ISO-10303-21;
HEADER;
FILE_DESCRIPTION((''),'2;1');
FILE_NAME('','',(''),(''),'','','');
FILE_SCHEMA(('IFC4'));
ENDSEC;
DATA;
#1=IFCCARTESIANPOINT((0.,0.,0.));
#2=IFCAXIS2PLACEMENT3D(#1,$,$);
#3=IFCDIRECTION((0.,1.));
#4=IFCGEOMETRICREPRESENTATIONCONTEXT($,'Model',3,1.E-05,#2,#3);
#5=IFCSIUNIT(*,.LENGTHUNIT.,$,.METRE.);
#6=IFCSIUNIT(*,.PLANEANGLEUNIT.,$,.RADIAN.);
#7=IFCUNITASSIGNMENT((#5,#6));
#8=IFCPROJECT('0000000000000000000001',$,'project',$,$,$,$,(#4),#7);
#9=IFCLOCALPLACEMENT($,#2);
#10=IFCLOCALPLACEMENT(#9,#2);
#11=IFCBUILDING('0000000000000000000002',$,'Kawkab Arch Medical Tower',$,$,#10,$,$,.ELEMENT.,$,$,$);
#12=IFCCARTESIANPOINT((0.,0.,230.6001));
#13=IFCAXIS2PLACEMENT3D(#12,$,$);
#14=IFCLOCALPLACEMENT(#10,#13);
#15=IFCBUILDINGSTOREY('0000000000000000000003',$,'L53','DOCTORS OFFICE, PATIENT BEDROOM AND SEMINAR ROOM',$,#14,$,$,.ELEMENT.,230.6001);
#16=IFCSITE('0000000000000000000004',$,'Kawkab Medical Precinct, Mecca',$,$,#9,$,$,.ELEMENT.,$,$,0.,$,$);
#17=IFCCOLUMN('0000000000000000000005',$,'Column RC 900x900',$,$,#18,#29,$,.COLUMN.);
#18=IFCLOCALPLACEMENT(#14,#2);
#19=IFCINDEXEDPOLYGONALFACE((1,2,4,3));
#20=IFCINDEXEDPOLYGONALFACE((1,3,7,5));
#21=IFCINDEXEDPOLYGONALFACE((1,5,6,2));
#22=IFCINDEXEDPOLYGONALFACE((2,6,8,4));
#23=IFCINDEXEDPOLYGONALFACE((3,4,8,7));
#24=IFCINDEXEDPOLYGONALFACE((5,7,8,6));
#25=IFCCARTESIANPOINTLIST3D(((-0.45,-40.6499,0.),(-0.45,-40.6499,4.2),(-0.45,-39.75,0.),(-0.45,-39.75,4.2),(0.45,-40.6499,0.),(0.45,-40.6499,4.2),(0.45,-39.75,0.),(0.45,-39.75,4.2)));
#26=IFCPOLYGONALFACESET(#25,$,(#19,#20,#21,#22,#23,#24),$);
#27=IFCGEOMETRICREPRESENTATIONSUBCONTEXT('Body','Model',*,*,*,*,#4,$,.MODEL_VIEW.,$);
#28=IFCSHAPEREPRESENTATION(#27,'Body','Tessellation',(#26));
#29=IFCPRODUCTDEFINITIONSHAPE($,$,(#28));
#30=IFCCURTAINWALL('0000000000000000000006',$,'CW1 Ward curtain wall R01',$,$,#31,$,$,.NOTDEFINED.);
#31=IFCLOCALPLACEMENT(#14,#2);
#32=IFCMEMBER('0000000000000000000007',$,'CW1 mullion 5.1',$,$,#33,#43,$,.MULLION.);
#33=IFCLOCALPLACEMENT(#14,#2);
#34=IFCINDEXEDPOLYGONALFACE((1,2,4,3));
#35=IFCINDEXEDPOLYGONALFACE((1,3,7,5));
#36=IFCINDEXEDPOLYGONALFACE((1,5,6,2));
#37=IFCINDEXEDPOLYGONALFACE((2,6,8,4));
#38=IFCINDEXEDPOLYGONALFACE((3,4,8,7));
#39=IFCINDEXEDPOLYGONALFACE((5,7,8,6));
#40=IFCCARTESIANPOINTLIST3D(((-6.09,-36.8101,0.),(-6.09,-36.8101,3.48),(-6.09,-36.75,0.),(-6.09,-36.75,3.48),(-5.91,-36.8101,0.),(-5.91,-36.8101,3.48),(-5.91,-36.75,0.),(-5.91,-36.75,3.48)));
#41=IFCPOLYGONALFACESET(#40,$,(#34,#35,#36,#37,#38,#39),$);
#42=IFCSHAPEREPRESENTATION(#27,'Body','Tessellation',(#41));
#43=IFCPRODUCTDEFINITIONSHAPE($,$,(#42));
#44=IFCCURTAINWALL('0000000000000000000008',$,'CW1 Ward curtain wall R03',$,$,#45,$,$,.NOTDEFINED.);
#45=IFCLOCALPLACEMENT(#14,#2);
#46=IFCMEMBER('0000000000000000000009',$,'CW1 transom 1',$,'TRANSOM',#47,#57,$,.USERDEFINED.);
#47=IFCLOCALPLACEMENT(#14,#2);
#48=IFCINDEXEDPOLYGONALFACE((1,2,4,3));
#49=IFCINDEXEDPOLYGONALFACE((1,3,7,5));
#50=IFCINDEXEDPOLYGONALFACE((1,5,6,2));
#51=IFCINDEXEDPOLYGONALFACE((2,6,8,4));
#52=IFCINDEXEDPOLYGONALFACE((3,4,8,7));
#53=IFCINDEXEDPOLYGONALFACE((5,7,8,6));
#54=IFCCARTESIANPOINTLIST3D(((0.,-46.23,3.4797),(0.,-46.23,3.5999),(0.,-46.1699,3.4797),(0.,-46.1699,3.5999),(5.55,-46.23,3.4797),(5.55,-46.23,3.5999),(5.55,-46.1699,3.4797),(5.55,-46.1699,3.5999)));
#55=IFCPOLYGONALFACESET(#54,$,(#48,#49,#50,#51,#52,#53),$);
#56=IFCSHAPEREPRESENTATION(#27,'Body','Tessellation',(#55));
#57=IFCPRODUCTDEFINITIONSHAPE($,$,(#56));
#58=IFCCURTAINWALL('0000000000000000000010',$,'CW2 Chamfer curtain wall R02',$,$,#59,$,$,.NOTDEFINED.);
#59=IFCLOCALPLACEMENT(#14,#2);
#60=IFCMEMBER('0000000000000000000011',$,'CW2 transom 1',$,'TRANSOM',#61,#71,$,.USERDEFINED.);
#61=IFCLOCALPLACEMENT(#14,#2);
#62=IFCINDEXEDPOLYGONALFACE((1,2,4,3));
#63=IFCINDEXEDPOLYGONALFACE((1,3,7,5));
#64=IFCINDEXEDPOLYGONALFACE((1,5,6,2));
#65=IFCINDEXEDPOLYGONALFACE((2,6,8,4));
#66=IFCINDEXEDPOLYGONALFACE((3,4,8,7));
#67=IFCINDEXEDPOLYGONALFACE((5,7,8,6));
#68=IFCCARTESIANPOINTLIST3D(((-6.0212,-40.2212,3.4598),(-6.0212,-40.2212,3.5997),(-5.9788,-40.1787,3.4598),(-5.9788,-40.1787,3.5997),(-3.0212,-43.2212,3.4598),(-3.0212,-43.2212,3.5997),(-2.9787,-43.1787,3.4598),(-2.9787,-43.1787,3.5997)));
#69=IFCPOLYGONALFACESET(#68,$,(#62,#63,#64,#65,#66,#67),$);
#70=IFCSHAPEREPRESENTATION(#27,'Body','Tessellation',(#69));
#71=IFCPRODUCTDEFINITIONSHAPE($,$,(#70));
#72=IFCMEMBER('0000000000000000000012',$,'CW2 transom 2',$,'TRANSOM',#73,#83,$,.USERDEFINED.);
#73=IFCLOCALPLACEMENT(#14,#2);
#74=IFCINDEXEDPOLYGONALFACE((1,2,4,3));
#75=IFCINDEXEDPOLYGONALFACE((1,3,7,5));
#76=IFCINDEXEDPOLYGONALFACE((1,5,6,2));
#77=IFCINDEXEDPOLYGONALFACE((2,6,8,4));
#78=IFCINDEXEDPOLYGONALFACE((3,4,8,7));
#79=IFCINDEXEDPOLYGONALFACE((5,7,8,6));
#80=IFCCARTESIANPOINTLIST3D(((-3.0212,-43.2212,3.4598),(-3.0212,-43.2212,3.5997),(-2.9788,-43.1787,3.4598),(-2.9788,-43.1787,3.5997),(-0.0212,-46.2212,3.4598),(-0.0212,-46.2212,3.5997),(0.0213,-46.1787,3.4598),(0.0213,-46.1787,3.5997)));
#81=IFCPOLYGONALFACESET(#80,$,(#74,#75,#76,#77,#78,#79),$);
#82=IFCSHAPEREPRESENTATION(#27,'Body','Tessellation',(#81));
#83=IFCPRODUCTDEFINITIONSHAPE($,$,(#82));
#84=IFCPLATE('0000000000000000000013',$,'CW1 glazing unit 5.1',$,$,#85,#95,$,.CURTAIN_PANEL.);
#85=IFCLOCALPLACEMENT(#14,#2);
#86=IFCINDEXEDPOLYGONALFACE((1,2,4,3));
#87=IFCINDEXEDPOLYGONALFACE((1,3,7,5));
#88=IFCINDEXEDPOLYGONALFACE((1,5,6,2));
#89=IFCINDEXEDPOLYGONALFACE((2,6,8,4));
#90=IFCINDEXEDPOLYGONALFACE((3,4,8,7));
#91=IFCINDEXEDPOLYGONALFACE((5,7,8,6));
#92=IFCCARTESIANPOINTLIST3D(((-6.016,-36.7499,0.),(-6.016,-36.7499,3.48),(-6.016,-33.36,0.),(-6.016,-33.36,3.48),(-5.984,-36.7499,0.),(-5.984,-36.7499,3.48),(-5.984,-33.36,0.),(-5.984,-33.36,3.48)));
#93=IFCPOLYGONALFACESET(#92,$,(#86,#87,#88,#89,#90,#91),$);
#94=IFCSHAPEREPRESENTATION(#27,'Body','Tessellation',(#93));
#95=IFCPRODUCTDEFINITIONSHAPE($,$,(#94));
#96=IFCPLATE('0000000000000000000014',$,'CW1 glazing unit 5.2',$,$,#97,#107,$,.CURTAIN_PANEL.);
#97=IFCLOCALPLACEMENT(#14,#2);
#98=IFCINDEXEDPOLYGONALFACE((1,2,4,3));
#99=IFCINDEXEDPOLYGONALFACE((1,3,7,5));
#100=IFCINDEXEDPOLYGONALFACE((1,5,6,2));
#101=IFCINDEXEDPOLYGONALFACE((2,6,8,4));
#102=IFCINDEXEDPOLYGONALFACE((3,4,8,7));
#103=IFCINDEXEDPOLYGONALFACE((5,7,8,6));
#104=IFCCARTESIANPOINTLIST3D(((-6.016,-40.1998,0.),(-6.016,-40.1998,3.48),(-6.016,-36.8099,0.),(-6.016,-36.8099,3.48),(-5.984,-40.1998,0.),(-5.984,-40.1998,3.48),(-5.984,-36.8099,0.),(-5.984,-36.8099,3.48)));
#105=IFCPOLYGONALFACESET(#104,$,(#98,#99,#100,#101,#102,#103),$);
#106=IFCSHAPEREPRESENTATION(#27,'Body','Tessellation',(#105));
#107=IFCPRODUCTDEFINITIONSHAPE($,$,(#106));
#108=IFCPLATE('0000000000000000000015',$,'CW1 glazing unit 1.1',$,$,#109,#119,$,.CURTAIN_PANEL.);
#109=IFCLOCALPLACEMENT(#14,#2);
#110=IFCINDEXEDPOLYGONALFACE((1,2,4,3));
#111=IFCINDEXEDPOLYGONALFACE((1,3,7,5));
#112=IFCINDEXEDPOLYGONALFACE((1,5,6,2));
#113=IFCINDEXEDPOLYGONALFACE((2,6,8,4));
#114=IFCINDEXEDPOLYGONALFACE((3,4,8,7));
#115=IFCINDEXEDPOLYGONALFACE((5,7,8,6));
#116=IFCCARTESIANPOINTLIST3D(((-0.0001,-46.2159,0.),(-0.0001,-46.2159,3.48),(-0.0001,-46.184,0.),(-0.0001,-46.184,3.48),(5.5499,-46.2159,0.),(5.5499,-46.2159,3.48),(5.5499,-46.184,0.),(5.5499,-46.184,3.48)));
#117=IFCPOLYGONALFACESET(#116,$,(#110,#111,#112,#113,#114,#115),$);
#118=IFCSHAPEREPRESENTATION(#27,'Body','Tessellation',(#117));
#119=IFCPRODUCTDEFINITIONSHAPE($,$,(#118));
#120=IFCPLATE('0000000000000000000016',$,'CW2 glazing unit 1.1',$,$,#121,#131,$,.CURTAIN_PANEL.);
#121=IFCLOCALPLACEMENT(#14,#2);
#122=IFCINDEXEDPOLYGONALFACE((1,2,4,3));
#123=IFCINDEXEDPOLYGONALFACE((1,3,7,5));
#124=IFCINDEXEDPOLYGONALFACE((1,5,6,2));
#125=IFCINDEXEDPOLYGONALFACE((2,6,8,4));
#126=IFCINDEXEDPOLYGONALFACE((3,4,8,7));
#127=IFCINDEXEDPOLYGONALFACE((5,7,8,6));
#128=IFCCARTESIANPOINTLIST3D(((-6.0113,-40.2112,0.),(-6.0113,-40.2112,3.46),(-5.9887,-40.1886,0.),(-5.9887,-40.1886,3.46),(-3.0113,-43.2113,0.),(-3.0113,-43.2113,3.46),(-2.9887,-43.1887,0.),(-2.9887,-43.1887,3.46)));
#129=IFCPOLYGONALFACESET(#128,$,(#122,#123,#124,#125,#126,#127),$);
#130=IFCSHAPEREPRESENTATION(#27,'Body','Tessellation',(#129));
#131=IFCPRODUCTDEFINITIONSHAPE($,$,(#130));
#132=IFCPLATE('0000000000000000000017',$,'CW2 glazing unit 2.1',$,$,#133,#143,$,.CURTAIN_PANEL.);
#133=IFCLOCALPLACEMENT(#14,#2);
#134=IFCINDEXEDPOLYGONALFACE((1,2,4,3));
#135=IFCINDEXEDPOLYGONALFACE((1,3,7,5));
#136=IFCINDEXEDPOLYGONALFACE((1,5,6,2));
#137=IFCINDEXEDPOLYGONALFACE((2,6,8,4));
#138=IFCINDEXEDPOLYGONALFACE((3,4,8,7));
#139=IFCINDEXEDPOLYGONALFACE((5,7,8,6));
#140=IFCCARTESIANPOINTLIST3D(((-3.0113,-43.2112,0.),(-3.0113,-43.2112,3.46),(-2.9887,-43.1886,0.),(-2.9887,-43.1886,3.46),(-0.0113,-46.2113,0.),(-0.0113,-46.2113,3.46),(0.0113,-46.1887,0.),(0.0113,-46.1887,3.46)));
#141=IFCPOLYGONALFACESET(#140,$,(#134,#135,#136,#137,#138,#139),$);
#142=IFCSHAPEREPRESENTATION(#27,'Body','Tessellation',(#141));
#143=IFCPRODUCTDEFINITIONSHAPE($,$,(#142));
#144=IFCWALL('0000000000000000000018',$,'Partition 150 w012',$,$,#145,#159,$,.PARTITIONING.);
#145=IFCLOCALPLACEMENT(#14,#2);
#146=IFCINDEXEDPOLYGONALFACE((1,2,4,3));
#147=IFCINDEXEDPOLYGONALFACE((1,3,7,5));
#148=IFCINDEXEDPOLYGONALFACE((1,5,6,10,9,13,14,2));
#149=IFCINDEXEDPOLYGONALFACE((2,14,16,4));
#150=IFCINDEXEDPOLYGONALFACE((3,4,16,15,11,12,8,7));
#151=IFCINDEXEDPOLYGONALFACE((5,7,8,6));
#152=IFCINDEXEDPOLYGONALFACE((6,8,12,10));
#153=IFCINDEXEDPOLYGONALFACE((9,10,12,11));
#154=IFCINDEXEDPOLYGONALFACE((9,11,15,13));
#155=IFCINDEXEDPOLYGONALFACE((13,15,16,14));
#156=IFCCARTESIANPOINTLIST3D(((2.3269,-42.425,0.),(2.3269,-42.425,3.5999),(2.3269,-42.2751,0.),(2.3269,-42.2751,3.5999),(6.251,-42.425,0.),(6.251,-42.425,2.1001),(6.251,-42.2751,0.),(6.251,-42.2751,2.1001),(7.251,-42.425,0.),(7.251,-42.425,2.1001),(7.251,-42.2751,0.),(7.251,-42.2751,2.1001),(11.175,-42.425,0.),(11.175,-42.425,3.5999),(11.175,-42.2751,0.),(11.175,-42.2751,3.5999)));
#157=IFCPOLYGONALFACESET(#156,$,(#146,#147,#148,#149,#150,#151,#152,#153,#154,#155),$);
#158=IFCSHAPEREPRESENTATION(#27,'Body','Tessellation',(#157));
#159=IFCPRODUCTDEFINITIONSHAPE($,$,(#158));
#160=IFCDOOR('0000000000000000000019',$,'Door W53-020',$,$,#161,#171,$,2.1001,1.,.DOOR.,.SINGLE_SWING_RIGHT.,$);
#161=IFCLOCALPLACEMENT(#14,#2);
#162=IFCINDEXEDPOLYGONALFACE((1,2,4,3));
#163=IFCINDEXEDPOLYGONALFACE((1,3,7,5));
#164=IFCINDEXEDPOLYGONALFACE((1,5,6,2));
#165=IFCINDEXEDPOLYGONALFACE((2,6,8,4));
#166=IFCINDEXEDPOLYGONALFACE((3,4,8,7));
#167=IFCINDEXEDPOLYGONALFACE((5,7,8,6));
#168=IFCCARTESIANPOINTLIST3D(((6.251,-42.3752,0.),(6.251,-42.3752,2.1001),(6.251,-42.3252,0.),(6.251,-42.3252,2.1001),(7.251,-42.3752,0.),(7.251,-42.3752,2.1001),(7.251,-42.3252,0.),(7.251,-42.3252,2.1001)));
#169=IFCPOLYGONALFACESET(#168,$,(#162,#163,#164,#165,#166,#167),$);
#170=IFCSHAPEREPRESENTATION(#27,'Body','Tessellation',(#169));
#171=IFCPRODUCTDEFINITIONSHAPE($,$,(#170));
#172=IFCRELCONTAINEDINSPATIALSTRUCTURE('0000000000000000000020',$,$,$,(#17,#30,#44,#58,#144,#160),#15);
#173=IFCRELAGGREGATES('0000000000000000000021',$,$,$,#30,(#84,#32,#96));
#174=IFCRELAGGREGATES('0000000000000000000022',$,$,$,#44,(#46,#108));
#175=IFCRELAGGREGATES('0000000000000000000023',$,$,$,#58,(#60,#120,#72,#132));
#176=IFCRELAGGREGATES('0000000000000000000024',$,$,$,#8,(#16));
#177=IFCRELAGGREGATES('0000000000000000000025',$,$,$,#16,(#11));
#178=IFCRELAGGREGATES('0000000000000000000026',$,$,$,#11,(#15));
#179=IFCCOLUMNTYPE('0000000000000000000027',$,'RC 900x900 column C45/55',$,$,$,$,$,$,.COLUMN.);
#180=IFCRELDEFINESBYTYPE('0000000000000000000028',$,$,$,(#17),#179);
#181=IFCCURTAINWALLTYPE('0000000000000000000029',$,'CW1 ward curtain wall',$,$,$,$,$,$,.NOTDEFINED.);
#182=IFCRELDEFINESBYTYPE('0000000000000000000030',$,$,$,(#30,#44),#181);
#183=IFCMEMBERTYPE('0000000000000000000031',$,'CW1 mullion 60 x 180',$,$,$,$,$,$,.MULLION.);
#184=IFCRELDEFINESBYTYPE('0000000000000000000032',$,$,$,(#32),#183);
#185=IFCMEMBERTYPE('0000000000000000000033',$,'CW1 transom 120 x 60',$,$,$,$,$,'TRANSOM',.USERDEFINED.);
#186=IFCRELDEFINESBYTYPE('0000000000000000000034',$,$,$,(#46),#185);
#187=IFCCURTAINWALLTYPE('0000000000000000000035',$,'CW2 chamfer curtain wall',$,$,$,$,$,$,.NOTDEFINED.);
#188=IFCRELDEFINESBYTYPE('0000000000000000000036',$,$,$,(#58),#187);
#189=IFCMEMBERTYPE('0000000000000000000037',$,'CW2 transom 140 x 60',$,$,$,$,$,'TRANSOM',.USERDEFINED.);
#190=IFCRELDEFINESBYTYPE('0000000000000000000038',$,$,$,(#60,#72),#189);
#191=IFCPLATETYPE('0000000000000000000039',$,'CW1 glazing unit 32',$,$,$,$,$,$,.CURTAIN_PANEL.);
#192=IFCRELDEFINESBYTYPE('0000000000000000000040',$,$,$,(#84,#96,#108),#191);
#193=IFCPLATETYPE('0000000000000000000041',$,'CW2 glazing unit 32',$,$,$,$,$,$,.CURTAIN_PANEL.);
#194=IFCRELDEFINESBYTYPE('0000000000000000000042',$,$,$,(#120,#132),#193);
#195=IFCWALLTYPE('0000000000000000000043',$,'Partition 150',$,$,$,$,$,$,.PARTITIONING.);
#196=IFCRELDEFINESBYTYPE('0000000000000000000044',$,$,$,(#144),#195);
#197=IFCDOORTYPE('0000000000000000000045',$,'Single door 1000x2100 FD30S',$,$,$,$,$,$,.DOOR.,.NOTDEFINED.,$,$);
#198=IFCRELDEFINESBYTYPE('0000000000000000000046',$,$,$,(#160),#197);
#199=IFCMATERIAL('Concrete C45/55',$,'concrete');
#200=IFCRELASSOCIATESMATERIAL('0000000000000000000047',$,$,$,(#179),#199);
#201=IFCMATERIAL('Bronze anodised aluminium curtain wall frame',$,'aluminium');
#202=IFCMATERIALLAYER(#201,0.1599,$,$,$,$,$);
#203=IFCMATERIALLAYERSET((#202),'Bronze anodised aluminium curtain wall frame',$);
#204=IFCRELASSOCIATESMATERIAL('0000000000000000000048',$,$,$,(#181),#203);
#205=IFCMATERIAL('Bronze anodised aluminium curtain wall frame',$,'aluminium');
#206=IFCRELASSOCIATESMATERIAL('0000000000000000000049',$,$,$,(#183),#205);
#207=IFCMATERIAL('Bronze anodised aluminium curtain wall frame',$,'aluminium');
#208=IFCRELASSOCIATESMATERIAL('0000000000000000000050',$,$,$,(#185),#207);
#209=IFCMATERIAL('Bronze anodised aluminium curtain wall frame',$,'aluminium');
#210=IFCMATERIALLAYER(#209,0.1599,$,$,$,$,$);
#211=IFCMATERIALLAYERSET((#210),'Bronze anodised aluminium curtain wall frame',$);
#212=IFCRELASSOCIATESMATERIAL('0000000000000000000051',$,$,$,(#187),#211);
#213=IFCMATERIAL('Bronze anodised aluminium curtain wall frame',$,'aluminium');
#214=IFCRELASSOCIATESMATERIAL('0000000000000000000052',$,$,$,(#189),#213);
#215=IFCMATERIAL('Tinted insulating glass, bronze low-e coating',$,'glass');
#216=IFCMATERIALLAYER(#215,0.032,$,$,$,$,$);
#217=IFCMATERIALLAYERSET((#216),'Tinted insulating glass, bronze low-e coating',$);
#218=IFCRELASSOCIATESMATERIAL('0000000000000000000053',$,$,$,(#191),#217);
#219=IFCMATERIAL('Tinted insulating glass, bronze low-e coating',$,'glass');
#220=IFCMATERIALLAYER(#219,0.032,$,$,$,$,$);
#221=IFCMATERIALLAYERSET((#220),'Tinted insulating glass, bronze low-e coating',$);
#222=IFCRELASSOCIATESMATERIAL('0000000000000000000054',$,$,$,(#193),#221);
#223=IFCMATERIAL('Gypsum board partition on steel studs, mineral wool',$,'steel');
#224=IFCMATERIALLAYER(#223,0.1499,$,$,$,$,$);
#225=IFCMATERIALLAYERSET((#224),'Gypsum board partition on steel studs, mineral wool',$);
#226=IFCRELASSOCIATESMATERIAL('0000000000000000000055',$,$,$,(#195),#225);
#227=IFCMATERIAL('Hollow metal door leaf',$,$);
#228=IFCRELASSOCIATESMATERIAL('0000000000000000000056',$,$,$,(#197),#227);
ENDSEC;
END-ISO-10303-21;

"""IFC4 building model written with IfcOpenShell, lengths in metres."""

from ifc_helpers import new_model, si_unit, direction, frame, frame_2d, origin, origin_2d, place, context, subcontext, project, spatial, rectangle, extrude, material, layer, layer_set, material_profile, profile_set, type_object, element, fill, aggregate, save


model = new_model("IFC4")

# Units and contexts
model_context = context("Model", 3, precision=1e-05, world=origin(), true_north=direction((0.0, 1.0)))
body_context = subcontext(model_context, "Body", "Model", "MODEL_VIEW")
ifc_project = project(units=[si_unit("LENGTHUNIT", "METRE"), si_unit("PLANEANGLEUNIT", "RADIAN")], contexts=[model_context])

# Site, building, storey
site_placement = place(None, origin())
site = spatial("IfcSite", under=ifc_project, at=site_placement, Name="Kawkab Medical Precinct, Mecca", CompositionType="ELEMENT", RefElevation=0.0)
building_placement = place(site_placement, origin())
building = spatial("IfcBuilding", under=site, at=building_placement, Name="Kawkab Arch Medical Tower", CompositionType="ELEMENT")
storey_placement = place(building_placement, frame((0.0, 0.0, 230.6001)))
storey = spatial("IfcBuildingStorey", under=building, at=storey_placement, Name="L53", Description="DOCTORS OFFICE, PATIENT BEDROOM AND SEMINAR ROOM", CompositionType="ELEMENT", Elevation=230.6001)

# Column
ifc_material_1 = material(Name="Concrete C45/55", Category="concrete")
ifc_material_profile_1 = material_profile(ifc_material_1, rectangle(XDim=0.8999, YDim=0.8999, at=origin_2d()), Name="RC 900x900")
ifc_profile_set_1 = profile_set([ifc_material_profile_1], Name="Concrete C45/55")
column_type = type_object("IfcColumnType", Name="RC 900x900 column C45/55", PredefinedType="COLUMN", material=ifc_profile_set_1)
column_placement = place(storey_placement, frame((0.0, -40.2, 0.0), z_axis=(0.0, 0.0, 1.0), x_axis=(1.0, 0.0, 0.0)))
element("IfcColumn", 1, at=column_placement, inside=storey, type_object=column_type, Name="Column RC 900x900", PredefinedType="COLUMN", context=body_context, shape_type="SweptSolid", body=[
    extrude(rectangle(XDim=0.8999, YDim=0.8999, at=origin_2d()), origin(), (0.0, 0.0, 1.0), 4.2),
])

# Curtain walls, members
ifc_material_2 = material(Name="Bronze anodised aluminium curtain wall frame", Category="aluminium")
ifc_layer_1 = layer(ifc_material_2, 0.1599)
ifc_layer_set_1 = layer_set([ifc_layer_1], Name="Bronze anodised aluminium curtain wall frame")
curtain_wall_type_1 = type_object("IfcCurtainWallType", Name="CW1 ward curtain wall", PredefinedType="NOTDEFINED", material=ifc_layer_set_1)
placement = place(storey_placement, origin())
curtain_wall_1 = element("IfcCurtainWall", 2, at=placement, inside=storey, type_object=curtain_wall_type_1, Name="CW1 Ward curtain wall R01", PredefinedType="NOTDEFINED")
ifc_material_3 = material(Name="Bronze anodised aluminium curtain wall frame", Category="aluminium")
ifc_material_profile_2 = material_profile(ifc_material_3, rectangle(XDim=0.1799, YDim=0.0601, at=origin_2d()), Name="AL 60x180")
ifc_profile_set_2 = profile_set([ifc_material_profile_2], Name="Bronze anodised aluminium curtain wall frame")
member_type_1 = type_object("IfcMemberType", Name="CW1 mullion 60 x 180", PredefinedType="MULLION", material=ifc_profile_set_2)
member_1_placement = place(storey_placement, frame((-6.0, -36.78, 0.0), z_axis=(0.0, 0.0, 1.0), x_axis=(1.0, 0.0, 0.0)))
member_1 = element("IfcMember", 3, at=member_1_placement, type_object=member_type_1, Name="CW1 mullion 5.1", PredefinedType="MULLION", context=body_context, shape_type="SweptSolid", body=[
    extrude(rectangle(XDim=0.1799, YDim=0.0601, at=origin_2d()), origin(), (0.0, 0.0, 1.0), 3.48),
])
curtain_wall_2 = element("IfcCurtainWall", 4, at=placement, inside=storey, type_object=curtain_wall_type_1, Name="CW1 Ward curtain wall R03", PredefinedType="NOTDEFINED")
ifc_material_4 = material(Name="Bronze anodised aluminium curtain wall frame", Category="aluminium")
ifc_material_profile_3 = material_profile(ifc_material_4, rectangle(XDim=0.0601, YDim=0.1201, at=origin_2d()), Name="AL 60x120")
ifc_profile_set_3 = profile_set([ifc_material_profile_3], Name="Bronze anodised aluminium curtain wall frame")
member_type_2 = type_object("IfcMemberType", Name="CW1 transom 120 x 60", ElementType="TRANSOM", PredefinedType="USERDEFINED", material=ifc_profile_set_3)
member_2_placement = place(storey_placement, frame((0.0, -46.2, 3.5398), z_axis=(1.0, 0.0, 0.0), x_axis=(0.0, 1.0, 0.0)))
member_2 = element("IfcMember", 5, at=member_2_placement, type_object=member_type_2, Name="CW1 transom 1", ObjectType="TRANSOM", PredefinedType="USERDEFINED", context=body_context, shape_type="SweptSolid", body=[
    extrude(rectangle(XDim=0.0601, YDim=0.1201, at=origin_2d()), origin(), (0.0, 0.0, 1.0), 5.55),
])

# Curtain wall, members
ifc_material_5 = material(Name="Bronze anodised aluminium curtain wall frame", Category="aluminium")
ifc_layer_2 = layer(ifc_material_5, 0.1599)
ifc_layer_set_2 = layer_set([ifc_layer_2], Name="Bronze anodised aluminium curtain wall frame")
curtain_wall_type_2 = type_object("IfcCurtainWallType", Name="CW2 chamfer curtain wall", PredefinedType="NOTDEFINED", material=ifc_layer_set_2)
curtain_wall_3 = element("IfcCurtainWall", 6, at=placement, inside=storey, type_object=curtain_wall_type_2, Name="CW2 Chamfer curtain wall R02", PredefinedType="NOTDEFINED")
ifc_material_6 = material(Name="Bronze anodised aluminium curtain wall frame", Category="aluminium")
ifc_material_profile_4 = material_profile(ifc_material_6, rectangle(XDim=0.0601, YDim=0.1399, at=origin_2d()), Name="AL 60x140")
ifc_profile_set_4 = profile_set([ifc_material_profile_4], Name="Bronze anodised aluminium curtain wall frame")
member_type_3 = type_object("IfcMemberType", Name="CW2 transom 140 x 60", ElementType="TRANSOM", PredefinedType="USERDEFINED", material=ifc_profile_set_4)
member_3_placement = place(storey_placement, frame((-6.0, -40.2, 3.5298), z_axis=(0.707107, -0.707107, 0.0), x_axis=(0.707107, 0.707107, 0.0)))
member_3 = element("IfcMember", 7, at=member_3_placement, type_object=member_type_3, Name="CW2 transom 1", ObjectType="TRANSOM", PredefinedType="USERDEFINED", context=body_context, shape_type="SweptSolid", body=[
    extrude(rectangle(XDim=0.0601, YDim=0.1399, at=origin_2d()), origin(), (0.0, 0.0, 1.0), 4.2427),
])
member_4_placement = place(storey_placement, frame((-3.0, -43.2, 3.5298), z_axis=(0.707107, -0.707107, 0.0), x_axis=(0.707107, 0.707107, 0.0)))
member_4 = element("IfcMember", 8, at=member_4_placement, type_object=member_type_3, Name="CW2 transom 2", ObjectType="TRANSOM", PredefinedType="USERDEFINED", context=body_context, shape_type="SweptSolid", body=[
    extrude(rectangle(XDim=0.0601, YDim=0.1399, at=origin_2d()), origin(), (0.0, 0.0, 1.0), 4.2427),
])

# Plates
ifc_material_7 = material(Name="Tinted insulating glass, bronze low-e coating", Category="glass")
ifc_layer_3 = layer(ifc_material_7, 0.032)
ifc_layer_set_3 = layer_set([ifc_layer_3], Name="Tinted insulating glass, bronze low-e coating")
plate_type_1 = type_object("IfcPlateType", Name="CW1 glazing unit 32", PredefinedType="CURTAIN_PANEL", material=ifc_layer_set_3)
plate_1_placement = place(storey_placement, frame((-6.0, -35.0549, 0.0), z_axis=(0.0, 0.0, 1.0), x_axis=(0.0, -1.0, 0.0)))
plate_1 = element("IfcPlate", 9, at=plate_1_placement, type_object=plate_type_1, Name="CW1 glazing unit 5.1", PredefinedType="CURTAIN_PANEL", context=body_context, shape_type="SweptSolid", body=[
    extrude(rectangle(XDim=3.3899, YDim=0.032, at=origin_2d()), origin(), (0.0, 0.0, 1.0), 3.48),
])
plate_2_placement = place(storey_placement, frame((-6.0, -38.5049, 0.0), z_axis=(0.0, 0.0, 1.0), x_axis=(0.0, -1.0, 0.0)))
plate_2 = element("IfcPlate", 10, at=plate_2_placement, type_object=plate_type_1, Name="CW1 glazing unit 5.2", PredefinedType="CURTAIN_PANEL", context=body_context, shape_type="SweptSolid", body=[
    extrude(rectangle(XDim=3.3899, YDim=0.032, at=origin_2d()), origin(), (0.0, 0.0, 1.0), 3.48),
])
aggregate(curtain_wall_1, [plate_1, member_1, plate_2])
plate_3_placement = place(storey_placement, frame((2.7749, -46.2, 0.0), z_axis=(0.0, 0.0, 1.0), x_axis=(1.0, 0.0, 0.0)))
plate_3 = element("IfcPlate", 11, at=plate_3_placement, type_object=plate_type_1, Name="CW1 glazing unit 1.1", PredefinedType="CURTAIN_PANEL", context=body_context, shape_type="SweptSolid", body=[
    extrude(rectangle(XDim=5.55, YDim=0.032, at=origin_2d()), origin(), (0.0, 0.0, 1.0), 3.48),
])
aggregate(curtain_wall_2, [member_2, plate_3])
ifc_material_8 = material(Name="Tinted insulating glass, bronze low-e coating", Category="glass")
ifc_layer_4 = layer(ifc_material_8, 0.032)
ifc_layer_set_4 = layer_set([ifc_layer_4], Name="Tinted insulating glass, bronze low-e coating")
plate_type_2 = type_object("IfcPlateType", Name="CW2 glazing unit 32", PredefinedType="CURTAIN_PANEL", material=ifc_layer_set_4)
plate_4_placement = place(storey_placement, frame((-4.5, -41.7, 0.0), z_axis=(0.0, 0.0, 1.0), x_axis=(0.707107, -0.707107, 0.0)))
plate_4 = element("IfcPlate", 12, at=plate_4_placement, type_object=plate_type_2, Name="CW2 glazing unit 1.1", PredefinedType="CURTAIN_PANEL", context=body_context, shape_type="SweptSolid", body=[
    extrude(rectangle(XDim=4.2427, YDim=0.032, at=origin_2d()), origin(), (0.0, 0.0, 1.0), 3.46),
])
plate_5_placement = place(storey_placement, frame((-1.5, -44.7, 0.0), z_axis=(0.0, 0.0, 1.0), x_axis=(0.707107, -0.707107, 0.0)))
plate_5 = element("IfcPlate", 13, at=plate_5_placement, type_object=plate_type_2, Name="CW2 glazing unit 2.1", PredefinedType="CURTAIN_PANEL", context=body_context, shape_type="SweptSolid", body=[
    extrude(rectangle(XDim=4.2427, YDim=0.032, at=origin_2d()), origin(), (0.0, 0.0, 1.0), 3.46),
])
aggregate(curtain_wall_3, [member_3, plate_4, member_4, plate_5])

# Wall, opening, door
ifc_material_9 = material(Name="Gypsum board partition on steel studs, mineral wool", Category="steel")
ifc_layer_5 = layer(ifc_material_9, 0.1499)
ifc_layer_set_5 = layer_set([ifc_layer_5], Name="Gypsum board partition on steel studs, mineral wool")
wall_type_1 = type_object("IfcWallType", Name="Partition 150", PredefinedType="PARTITIONING", material=ifc_layer_set_5)
wall_1_placement = place(storey_placement, frame((2.3269, -42.3501, 0.0), z_axis=(0.0, 0.0, 1.0), x_axis=(1.0, 0.0, 0.0)))
wall_1 = element("IfcWall", 14, at=wall_1_placement, inside=storey, type_object=wall_type_1, Name="Partition 150 w012", PredefinedType="PARTITIONING", context=body_context, shape_type="SweptSolid", body=[
    extrude(rectangle(XDim=8.8481, YDim=0.1499, at=frame_2d((4.4241, 0.0))), origin(), (0.0, 0.0, 1.0), 3.5999),
])
opening_1_placement = place(wall_1_placement, frame((3.9241, 0.0, 0.0)))
opening_1 = element("IfcOpeningElement", 15, at=opening_1_placement, cuts=wall_1, PredefinedType="OPENING", context=body_context, shape_type="SweptSolid", body=[
    extrude(rectangle(XDim=1.0, YDim=2.1001, at=frame_2d((0.5, 1.05))), frame((0.0, 0.085, 0.0), z_axis=(0.0, -1.0, 0.0), x_axis=(1.0, 0.0, 0.0)), (0.0, 0.0, 1.0), 0.1699),
])
ifc_material_10 = material(Name="Hollow metal door leaf")
door_type_1 = type_object("IfcDoorType", Name="Single door 1000x2100 FD30S", OperationType="NOTDEFINED", PredefinedType="DOOR", material=ifc_material_10)
door_1_placement = place(opening_1_placement, origin())
door_1 = element("IfcDoor", 16, at=door_1_placement, inside=storey, type_object=door_type_1, Name="Door W53-020", OperationType="SINGLE_SWING_RIGHT", OverallHeight=2.1001, OverallWidth=1.0, PredefinedType="DOOR", context=body_context, shape_type="SweptSolid", body=[
    extrude(rectangle(XDim=1.0, YDim=2.1001, at=frame_2d((0.5, 1.05))), frame((0.0, 0.0249, 0.0), z_axis=(0.0, -1.0, 0.0), x_axis=(1.0, 0.0, 0.0)), (0.0, 0.0, 1.0), 0.05),
])
fill(opening_1, door_1)

save(model, "model.ifc")
